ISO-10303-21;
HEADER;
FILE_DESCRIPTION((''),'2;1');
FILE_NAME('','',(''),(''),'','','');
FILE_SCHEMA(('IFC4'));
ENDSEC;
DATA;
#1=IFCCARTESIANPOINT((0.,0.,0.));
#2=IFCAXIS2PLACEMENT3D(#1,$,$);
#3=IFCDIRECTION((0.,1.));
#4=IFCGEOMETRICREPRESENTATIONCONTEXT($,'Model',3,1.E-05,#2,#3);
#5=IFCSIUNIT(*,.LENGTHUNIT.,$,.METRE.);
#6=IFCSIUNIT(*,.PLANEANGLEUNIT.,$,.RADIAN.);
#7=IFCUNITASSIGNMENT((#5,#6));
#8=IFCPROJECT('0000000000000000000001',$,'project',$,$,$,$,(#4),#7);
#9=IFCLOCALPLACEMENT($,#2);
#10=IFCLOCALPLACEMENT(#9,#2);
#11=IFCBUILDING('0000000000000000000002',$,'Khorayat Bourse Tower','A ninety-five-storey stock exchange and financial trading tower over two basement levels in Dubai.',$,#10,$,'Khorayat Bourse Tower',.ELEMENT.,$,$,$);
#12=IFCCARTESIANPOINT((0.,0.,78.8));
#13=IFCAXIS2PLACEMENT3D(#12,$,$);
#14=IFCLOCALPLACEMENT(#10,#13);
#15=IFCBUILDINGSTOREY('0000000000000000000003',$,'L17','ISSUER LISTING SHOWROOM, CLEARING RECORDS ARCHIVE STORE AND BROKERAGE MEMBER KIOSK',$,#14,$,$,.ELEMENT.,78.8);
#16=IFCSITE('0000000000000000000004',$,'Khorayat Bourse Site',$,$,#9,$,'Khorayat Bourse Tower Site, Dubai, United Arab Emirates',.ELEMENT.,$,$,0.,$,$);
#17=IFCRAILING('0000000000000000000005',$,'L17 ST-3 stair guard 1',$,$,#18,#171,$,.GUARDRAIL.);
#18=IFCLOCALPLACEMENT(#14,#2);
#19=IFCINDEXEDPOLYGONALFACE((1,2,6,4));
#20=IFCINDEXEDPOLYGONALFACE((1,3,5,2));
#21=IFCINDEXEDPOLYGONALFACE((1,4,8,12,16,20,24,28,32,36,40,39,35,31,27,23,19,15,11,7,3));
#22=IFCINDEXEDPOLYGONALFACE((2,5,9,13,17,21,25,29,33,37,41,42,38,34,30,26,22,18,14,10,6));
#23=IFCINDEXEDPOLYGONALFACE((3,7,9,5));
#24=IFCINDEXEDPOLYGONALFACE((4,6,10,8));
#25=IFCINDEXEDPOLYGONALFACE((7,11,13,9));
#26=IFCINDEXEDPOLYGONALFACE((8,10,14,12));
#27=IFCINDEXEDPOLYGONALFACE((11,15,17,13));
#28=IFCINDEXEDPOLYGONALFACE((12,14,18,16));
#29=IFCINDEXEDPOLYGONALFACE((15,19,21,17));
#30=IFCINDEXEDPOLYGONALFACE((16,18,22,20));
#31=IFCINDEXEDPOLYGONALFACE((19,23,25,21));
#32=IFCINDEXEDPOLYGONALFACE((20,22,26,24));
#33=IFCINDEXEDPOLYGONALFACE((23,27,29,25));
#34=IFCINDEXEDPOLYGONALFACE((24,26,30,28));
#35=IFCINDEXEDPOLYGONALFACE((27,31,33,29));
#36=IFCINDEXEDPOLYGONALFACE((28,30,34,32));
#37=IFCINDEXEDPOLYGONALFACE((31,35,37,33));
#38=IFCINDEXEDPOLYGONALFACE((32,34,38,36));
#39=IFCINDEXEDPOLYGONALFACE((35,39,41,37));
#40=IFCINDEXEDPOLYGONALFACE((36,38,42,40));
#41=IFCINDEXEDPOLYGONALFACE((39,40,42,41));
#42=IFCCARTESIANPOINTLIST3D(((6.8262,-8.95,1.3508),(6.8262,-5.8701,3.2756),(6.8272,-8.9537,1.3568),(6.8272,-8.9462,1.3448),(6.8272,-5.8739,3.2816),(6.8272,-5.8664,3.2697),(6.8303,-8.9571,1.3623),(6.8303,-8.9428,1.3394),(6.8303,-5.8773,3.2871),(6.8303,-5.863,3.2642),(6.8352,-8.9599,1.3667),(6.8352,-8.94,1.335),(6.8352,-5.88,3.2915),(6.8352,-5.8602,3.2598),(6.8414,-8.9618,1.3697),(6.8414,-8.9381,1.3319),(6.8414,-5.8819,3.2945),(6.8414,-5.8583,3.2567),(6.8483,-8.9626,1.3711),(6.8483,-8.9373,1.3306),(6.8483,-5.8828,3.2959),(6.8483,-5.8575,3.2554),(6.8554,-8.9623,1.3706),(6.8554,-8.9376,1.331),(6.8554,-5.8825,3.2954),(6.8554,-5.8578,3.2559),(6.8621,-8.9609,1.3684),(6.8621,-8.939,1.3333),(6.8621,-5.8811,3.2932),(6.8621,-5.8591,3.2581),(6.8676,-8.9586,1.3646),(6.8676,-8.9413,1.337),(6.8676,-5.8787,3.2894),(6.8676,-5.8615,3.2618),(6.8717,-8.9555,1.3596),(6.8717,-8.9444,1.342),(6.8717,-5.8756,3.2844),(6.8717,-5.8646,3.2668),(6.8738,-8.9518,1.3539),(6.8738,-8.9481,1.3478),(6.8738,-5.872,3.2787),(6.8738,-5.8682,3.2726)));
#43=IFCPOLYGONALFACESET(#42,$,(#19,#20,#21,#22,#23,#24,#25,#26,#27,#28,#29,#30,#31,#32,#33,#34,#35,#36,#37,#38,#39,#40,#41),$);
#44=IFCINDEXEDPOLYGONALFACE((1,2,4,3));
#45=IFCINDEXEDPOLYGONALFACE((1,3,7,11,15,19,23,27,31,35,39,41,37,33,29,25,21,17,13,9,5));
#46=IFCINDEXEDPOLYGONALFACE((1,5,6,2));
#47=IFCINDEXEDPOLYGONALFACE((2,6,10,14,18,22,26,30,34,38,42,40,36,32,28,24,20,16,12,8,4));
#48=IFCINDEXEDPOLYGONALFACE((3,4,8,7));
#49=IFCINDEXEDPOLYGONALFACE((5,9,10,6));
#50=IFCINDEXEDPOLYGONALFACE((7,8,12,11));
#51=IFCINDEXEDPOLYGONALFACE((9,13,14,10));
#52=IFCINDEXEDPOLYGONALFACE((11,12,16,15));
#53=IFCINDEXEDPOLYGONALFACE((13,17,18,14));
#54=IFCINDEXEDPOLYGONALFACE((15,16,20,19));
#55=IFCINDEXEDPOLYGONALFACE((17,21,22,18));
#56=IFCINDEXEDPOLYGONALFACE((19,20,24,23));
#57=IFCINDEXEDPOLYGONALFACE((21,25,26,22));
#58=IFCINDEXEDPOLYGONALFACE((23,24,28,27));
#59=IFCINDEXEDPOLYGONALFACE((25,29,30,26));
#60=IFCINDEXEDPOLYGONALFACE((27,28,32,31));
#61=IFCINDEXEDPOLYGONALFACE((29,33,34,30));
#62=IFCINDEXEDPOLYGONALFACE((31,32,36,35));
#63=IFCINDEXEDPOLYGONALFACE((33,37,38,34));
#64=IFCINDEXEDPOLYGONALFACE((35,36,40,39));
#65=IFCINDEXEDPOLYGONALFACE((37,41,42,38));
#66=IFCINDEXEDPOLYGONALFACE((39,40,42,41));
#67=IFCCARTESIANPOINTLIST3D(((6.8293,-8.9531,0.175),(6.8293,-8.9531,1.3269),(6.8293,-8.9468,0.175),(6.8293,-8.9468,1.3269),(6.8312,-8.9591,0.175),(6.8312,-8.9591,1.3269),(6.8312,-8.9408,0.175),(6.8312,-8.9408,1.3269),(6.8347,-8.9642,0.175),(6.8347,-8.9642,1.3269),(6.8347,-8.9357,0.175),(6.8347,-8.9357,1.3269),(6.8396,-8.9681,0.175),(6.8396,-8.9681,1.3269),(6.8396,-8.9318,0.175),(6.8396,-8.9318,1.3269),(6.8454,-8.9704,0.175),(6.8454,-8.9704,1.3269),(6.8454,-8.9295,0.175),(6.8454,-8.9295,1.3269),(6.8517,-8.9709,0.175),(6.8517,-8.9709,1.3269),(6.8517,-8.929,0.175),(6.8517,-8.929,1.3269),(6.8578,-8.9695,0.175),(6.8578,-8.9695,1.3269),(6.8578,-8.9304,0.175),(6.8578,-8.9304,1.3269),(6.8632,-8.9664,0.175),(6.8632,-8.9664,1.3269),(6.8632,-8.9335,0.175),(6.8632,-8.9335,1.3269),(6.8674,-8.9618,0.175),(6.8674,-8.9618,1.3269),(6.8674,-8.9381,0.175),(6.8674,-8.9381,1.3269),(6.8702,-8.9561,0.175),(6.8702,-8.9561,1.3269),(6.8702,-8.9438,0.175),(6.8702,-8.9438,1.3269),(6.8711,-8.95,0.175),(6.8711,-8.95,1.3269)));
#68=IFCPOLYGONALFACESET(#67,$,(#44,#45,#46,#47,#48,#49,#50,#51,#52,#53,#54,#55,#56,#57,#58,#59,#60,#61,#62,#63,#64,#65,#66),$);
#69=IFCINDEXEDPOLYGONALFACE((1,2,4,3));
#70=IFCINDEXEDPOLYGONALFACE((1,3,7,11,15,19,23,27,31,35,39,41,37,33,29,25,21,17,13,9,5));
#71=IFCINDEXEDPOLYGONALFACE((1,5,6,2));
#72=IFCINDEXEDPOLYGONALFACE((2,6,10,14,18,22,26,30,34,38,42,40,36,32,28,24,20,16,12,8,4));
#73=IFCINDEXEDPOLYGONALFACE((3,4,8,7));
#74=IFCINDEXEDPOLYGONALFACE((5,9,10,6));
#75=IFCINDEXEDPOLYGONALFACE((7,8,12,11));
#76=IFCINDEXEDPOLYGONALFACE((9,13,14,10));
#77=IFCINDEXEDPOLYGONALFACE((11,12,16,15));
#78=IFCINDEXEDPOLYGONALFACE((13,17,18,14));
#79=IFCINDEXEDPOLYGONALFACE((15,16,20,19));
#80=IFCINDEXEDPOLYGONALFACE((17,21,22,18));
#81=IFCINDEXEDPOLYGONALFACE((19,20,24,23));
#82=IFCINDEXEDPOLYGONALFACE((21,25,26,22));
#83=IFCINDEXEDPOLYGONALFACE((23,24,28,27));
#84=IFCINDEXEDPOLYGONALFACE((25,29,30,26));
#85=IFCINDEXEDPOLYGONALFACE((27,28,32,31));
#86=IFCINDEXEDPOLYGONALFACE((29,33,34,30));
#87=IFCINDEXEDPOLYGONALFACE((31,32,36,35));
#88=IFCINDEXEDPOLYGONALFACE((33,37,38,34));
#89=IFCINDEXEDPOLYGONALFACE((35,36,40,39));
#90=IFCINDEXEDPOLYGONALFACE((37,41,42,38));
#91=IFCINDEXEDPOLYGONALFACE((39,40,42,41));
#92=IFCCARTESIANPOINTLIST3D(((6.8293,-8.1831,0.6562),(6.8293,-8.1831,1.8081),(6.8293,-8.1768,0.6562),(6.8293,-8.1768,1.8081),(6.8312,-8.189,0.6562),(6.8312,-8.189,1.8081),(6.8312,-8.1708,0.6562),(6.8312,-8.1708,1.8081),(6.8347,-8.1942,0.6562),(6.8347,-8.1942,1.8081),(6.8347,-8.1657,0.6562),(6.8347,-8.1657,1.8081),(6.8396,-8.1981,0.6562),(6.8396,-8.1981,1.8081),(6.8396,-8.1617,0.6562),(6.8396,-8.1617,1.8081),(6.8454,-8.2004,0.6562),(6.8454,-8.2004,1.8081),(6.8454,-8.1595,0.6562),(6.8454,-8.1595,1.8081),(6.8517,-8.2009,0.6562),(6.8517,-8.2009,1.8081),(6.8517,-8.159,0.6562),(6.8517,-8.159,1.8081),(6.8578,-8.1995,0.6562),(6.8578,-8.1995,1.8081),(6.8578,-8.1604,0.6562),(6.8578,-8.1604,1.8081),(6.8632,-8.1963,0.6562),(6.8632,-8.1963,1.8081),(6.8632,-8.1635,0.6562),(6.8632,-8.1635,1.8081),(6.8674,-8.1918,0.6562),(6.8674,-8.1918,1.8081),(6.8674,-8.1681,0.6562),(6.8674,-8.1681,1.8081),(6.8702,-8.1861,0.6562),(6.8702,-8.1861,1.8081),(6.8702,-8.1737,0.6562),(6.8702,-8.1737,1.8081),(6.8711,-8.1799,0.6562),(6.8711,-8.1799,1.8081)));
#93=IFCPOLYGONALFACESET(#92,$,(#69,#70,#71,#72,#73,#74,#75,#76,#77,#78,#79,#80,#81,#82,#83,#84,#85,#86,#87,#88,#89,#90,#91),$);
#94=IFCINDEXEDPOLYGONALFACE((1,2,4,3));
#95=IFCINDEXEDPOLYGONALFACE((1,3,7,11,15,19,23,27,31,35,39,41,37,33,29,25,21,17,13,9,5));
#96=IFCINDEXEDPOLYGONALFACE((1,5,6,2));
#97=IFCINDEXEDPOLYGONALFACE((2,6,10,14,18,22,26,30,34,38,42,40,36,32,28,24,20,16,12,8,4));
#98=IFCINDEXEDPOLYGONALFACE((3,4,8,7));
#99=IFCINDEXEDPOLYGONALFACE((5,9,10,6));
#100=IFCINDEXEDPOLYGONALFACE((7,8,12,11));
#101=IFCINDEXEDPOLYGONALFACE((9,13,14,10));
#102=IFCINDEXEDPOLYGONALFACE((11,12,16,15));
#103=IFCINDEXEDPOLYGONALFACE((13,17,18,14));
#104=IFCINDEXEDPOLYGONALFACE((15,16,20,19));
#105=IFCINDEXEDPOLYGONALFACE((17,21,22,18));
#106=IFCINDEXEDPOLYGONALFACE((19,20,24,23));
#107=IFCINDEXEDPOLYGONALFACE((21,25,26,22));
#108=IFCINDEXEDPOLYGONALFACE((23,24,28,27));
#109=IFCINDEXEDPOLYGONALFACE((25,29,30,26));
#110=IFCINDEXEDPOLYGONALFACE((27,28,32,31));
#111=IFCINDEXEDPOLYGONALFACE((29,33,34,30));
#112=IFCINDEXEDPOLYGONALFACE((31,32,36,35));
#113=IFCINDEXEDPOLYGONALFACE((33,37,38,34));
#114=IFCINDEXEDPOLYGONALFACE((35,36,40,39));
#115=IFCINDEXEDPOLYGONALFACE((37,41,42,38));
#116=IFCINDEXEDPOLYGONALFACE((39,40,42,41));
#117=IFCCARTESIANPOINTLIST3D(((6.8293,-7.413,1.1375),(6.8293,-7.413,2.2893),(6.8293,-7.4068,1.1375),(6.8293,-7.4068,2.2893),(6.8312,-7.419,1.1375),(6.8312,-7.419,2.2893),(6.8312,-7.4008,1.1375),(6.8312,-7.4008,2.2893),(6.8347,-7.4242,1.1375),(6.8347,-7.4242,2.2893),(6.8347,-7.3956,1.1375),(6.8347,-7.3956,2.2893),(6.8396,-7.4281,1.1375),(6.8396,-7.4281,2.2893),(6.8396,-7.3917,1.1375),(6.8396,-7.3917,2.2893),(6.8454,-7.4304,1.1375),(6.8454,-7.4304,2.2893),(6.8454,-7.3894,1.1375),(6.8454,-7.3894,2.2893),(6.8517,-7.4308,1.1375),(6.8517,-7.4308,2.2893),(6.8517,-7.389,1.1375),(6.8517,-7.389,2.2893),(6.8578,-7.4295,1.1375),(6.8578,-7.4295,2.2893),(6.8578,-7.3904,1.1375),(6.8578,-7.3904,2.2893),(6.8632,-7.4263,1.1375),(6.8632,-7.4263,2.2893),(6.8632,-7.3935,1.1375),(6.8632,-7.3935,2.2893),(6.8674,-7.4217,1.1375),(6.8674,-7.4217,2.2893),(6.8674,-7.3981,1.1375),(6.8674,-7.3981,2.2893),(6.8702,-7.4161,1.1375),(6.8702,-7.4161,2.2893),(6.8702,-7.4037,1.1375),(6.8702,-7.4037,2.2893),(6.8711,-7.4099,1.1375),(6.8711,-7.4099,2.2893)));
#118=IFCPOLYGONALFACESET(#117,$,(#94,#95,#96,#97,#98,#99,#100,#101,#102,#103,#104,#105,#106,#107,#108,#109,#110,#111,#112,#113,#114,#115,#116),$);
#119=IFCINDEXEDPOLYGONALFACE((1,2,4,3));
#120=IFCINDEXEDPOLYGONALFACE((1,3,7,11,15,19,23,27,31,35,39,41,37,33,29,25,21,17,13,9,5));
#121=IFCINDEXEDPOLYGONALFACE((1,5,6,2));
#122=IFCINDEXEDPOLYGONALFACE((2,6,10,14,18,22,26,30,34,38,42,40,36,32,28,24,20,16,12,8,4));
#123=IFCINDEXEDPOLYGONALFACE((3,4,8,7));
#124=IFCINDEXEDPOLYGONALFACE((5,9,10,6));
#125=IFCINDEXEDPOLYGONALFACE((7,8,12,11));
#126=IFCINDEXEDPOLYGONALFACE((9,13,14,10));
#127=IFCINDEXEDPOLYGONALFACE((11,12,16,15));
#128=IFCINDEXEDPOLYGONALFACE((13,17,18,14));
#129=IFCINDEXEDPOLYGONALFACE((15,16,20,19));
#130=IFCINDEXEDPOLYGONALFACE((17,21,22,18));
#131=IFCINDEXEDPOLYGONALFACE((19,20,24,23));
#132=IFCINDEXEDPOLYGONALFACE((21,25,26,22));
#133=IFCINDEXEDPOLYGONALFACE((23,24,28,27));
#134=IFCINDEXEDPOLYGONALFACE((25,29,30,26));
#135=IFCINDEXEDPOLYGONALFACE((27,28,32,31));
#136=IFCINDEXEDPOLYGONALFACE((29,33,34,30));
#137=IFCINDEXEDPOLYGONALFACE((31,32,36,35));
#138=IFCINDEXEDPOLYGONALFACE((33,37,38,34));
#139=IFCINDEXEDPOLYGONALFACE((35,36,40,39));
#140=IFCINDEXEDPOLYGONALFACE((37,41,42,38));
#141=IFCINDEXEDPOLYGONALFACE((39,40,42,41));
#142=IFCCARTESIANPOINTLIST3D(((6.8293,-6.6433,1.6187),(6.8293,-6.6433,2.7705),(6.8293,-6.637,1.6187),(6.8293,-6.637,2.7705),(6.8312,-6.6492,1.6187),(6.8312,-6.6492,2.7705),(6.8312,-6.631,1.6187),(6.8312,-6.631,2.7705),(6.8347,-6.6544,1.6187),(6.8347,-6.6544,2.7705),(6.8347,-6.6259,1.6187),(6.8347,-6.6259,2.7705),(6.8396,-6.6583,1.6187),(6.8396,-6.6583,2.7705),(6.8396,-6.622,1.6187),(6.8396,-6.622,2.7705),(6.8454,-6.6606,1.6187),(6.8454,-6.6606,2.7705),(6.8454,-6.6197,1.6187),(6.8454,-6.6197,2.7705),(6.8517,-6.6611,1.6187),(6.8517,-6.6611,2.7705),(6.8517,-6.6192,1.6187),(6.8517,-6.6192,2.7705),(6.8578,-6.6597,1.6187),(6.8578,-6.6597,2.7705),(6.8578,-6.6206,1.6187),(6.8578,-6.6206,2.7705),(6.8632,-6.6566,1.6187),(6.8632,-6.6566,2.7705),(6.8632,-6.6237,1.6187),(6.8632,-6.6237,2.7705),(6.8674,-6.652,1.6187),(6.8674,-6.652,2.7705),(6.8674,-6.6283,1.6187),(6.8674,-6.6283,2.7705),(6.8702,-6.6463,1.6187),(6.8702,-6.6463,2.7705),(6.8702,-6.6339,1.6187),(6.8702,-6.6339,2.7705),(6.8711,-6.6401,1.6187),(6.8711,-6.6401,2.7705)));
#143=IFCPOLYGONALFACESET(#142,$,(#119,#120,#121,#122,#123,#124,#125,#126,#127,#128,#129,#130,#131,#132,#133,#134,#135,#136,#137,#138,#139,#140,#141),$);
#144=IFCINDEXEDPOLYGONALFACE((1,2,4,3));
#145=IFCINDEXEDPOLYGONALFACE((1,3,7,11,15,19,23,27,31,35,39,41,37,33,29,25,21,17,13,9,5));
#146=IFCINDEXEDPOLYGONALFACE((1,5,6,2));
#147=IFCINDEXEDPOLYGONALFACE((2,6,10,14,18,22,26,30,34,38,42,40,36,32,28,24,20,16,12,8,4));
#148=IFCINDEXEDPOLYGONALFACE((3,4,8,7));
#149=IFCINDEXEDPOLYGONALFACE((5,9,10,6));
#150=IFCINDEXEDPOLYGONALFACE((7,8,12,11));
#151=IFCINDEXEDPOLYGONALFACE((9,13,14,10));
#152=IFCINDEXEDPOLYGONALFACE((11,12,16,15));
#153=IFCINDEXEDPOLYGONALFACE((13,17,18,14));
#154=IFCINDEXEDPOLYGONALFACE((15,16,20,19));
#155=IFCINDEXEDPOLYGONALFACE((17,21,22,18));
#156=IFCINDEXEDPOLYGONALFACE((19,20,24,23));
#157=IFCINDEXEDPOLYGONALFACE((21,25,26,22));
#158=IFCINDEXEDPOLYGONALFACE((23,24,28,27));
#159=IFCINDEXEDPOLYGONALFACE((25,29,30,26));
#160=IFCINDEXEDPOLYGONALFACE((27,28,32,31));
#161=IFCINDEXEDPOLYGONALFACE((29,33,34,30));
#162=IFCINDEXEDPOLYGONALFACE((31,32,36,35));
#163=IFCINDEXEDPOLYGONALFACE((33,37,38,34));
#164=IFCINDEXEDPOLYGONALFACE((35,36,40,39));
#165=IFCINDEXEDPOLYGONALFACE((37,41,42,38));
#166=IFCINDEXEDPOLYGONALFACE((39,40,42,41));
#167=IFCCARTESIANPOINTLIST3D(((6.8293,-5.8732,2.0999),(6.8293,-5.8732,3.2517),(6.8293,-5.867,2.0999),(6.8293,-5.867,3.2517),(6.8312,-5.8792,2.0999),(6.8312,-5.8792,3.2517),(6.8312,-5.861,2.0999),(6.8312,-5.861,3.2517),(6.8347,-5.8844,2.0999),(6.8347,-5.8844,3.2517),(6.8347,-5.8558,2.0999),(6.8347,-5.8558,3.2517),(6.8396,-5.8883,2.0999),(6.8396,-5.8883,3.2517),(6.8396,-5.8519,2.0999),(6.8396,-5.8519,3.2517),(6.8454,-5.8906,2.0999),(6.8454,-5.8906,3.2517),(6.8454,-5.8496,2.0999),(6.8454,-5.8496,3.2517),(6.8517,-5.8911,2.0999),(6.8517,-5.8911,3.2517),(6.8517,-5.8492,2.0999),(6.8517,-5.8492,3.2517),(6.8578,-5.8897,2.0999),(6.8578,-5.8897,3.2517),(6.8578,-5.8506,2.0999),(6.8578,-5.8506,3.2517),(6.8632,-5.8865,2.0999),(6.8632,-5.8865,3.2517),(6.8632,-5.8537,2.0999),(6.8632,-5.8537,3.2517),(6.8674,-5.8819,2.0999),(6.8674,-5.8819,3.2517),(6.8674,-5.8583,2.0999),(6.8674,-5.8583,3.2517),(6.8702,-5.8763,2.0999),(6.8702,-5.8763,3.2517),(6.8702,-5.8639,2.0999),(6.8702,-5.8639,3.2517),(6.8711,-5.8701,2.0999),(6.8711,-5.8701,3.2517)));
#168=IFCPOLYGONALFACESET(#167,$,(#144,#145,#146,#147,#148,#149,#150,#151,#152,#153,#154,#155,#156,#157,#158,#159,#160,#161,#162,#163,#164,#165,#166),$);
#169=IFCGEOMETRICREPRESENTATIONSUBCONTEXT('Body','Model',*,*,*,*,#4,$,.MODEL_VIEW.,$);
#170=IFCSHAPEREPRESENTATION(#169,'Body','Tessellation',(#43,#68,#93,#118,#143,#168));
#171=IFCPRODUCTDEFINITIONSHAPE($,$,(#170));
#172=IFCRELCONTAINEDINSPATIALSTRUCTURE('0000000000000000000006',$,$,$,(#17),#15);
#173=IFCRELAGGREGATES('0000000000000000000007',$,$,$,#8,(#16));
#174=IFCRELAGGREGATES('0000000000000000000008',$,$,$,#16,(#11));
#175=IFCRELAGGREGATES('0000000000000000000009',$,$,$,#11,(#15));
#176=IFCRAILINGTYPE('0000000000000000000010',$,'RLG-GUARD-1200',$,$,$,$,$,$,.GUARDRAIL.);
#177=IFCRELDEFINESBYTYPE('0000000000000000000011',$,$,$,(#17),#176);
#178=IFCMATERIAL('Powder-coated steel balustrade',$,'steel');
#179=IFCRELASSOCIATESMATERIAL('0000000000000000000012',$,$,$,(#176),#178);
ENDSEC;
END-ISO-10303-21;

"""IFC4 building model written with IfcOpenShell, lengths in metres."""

from ifc_helpers import new_model, si_unit, direction, frame, origin, origin_2d, place, context, subcontext, project, spatial, circle, extrude, source, transform, mapped, material, type_object, element, save


model = new_model("IFC4")

# Units and contexts
model_context = context("Model", 3, precision=1e-05, world=origin(), true_north=direction((0.0, 1.0)))
body_context = subcontext(model_context, "Body", "Model", "MODEL_VIEW")
ifc_project = project(units=[si_unit("LENGTHUNIT", "METRE"), si_unit("PLANEANGLEUNIT", "RADIAN")], contexts=[model_context])

# Site, building, storey
site_placement = place(None, origin())
site = spatial("IfcSite", under=ifc_project, at=site_placement, Name="Khorayat Bourse Site", LongName="Khorayat Bourse Tower Site, Dubai, United Arab Emirates", CompositionType="ELEMENT", RefElevation=0.0)
building_placement = place(site_placement, origin())
building = spatial("IfcBuilding", under=site, at=building_placement, Name="Khorayat Bourse Tower", Description="A ninety-five-storey stock exchange and financial trading tower over two basement levels in Dubai.", LongName="Khorayat Bourse Tower", CompositionType="ELEMENT")
storey_placement = place(building_placement, frame((0.0, 0.0, 78.8)))
storey = spatial("IfcBuildingStorey", under=building, at=storey_placement, Name="L17", Description="ISSUER LISTING SHOWROOM, CLEARING RECORDS ARCHIVE STORE AND BROKERAGE MEMBER KIOSK", CompositionType="ELEMENT", Elevation=78.8)

# Railing
ifc_material_1 = material(Name="Powder-coated steel balustrade", Category="steel")
railing_type_1 = type_object("IfcRailingType", Name="RLG-GUARD-1200", PredefinedType="GUARDRAIL", material=ifc_material_1)
shared_shape_1 = source(origin(), body_context, "Body", "SweptSolid", [
    extrude(circle(Radius=0.0239, at=origin_2d()), frame((0.0, 0.0, 1.1758), z_axis=(0.0, 0.84801, 0.529981), x_axis=(-1.0, 0.0, 0.0)), (0.0, 0.0, 1.0), 3.6318),
    extrude(circle(Radius=0.021, at=origin_2d()), origin(), (0.0, 0.0, 1.0), 1.1519),
    extrude(circle(Radius=0.021, at=origin_2d()), frame((0.0, 0.77, 0.4812)), (0.0, 0.0, 1.0), 1.1519),
    extrude(circle(Radius=0.021, at=origin_2d()), frame((0.0, 1.54, 0.9624)), (0.0, 0.0, 1.0), 1.1519),
    extrude(circle(Radius=0.021, at=origin_2d()), frame((0.0, 2.3098, 1.4436)), (0.0, 0.0, 1.0), 1.1519),
    extrude(circle(Radius=0.021, at=origin_2d()), frame((0.0, 3.0798, 1.9248)), (0.0, 0.0, 1.0), 1.1519),
])
railing_1_placement = place(storey_placement, frame((6.8501, -8.95, 0.175)))
element("IfcRailing", 1, at=railing_1_placement, inside=storey, type_object=railing_type_1, Name="L17 ST-3 stair guard 1", PredefinedType="GUARDRAIL", context=body_context, shape_type="MappedRepresentation", body=[
    mapped(shared_shape_1, transform((0.0, 0.0, 0.0), scale=1.0)),
])

save(model, "model.ifc")
